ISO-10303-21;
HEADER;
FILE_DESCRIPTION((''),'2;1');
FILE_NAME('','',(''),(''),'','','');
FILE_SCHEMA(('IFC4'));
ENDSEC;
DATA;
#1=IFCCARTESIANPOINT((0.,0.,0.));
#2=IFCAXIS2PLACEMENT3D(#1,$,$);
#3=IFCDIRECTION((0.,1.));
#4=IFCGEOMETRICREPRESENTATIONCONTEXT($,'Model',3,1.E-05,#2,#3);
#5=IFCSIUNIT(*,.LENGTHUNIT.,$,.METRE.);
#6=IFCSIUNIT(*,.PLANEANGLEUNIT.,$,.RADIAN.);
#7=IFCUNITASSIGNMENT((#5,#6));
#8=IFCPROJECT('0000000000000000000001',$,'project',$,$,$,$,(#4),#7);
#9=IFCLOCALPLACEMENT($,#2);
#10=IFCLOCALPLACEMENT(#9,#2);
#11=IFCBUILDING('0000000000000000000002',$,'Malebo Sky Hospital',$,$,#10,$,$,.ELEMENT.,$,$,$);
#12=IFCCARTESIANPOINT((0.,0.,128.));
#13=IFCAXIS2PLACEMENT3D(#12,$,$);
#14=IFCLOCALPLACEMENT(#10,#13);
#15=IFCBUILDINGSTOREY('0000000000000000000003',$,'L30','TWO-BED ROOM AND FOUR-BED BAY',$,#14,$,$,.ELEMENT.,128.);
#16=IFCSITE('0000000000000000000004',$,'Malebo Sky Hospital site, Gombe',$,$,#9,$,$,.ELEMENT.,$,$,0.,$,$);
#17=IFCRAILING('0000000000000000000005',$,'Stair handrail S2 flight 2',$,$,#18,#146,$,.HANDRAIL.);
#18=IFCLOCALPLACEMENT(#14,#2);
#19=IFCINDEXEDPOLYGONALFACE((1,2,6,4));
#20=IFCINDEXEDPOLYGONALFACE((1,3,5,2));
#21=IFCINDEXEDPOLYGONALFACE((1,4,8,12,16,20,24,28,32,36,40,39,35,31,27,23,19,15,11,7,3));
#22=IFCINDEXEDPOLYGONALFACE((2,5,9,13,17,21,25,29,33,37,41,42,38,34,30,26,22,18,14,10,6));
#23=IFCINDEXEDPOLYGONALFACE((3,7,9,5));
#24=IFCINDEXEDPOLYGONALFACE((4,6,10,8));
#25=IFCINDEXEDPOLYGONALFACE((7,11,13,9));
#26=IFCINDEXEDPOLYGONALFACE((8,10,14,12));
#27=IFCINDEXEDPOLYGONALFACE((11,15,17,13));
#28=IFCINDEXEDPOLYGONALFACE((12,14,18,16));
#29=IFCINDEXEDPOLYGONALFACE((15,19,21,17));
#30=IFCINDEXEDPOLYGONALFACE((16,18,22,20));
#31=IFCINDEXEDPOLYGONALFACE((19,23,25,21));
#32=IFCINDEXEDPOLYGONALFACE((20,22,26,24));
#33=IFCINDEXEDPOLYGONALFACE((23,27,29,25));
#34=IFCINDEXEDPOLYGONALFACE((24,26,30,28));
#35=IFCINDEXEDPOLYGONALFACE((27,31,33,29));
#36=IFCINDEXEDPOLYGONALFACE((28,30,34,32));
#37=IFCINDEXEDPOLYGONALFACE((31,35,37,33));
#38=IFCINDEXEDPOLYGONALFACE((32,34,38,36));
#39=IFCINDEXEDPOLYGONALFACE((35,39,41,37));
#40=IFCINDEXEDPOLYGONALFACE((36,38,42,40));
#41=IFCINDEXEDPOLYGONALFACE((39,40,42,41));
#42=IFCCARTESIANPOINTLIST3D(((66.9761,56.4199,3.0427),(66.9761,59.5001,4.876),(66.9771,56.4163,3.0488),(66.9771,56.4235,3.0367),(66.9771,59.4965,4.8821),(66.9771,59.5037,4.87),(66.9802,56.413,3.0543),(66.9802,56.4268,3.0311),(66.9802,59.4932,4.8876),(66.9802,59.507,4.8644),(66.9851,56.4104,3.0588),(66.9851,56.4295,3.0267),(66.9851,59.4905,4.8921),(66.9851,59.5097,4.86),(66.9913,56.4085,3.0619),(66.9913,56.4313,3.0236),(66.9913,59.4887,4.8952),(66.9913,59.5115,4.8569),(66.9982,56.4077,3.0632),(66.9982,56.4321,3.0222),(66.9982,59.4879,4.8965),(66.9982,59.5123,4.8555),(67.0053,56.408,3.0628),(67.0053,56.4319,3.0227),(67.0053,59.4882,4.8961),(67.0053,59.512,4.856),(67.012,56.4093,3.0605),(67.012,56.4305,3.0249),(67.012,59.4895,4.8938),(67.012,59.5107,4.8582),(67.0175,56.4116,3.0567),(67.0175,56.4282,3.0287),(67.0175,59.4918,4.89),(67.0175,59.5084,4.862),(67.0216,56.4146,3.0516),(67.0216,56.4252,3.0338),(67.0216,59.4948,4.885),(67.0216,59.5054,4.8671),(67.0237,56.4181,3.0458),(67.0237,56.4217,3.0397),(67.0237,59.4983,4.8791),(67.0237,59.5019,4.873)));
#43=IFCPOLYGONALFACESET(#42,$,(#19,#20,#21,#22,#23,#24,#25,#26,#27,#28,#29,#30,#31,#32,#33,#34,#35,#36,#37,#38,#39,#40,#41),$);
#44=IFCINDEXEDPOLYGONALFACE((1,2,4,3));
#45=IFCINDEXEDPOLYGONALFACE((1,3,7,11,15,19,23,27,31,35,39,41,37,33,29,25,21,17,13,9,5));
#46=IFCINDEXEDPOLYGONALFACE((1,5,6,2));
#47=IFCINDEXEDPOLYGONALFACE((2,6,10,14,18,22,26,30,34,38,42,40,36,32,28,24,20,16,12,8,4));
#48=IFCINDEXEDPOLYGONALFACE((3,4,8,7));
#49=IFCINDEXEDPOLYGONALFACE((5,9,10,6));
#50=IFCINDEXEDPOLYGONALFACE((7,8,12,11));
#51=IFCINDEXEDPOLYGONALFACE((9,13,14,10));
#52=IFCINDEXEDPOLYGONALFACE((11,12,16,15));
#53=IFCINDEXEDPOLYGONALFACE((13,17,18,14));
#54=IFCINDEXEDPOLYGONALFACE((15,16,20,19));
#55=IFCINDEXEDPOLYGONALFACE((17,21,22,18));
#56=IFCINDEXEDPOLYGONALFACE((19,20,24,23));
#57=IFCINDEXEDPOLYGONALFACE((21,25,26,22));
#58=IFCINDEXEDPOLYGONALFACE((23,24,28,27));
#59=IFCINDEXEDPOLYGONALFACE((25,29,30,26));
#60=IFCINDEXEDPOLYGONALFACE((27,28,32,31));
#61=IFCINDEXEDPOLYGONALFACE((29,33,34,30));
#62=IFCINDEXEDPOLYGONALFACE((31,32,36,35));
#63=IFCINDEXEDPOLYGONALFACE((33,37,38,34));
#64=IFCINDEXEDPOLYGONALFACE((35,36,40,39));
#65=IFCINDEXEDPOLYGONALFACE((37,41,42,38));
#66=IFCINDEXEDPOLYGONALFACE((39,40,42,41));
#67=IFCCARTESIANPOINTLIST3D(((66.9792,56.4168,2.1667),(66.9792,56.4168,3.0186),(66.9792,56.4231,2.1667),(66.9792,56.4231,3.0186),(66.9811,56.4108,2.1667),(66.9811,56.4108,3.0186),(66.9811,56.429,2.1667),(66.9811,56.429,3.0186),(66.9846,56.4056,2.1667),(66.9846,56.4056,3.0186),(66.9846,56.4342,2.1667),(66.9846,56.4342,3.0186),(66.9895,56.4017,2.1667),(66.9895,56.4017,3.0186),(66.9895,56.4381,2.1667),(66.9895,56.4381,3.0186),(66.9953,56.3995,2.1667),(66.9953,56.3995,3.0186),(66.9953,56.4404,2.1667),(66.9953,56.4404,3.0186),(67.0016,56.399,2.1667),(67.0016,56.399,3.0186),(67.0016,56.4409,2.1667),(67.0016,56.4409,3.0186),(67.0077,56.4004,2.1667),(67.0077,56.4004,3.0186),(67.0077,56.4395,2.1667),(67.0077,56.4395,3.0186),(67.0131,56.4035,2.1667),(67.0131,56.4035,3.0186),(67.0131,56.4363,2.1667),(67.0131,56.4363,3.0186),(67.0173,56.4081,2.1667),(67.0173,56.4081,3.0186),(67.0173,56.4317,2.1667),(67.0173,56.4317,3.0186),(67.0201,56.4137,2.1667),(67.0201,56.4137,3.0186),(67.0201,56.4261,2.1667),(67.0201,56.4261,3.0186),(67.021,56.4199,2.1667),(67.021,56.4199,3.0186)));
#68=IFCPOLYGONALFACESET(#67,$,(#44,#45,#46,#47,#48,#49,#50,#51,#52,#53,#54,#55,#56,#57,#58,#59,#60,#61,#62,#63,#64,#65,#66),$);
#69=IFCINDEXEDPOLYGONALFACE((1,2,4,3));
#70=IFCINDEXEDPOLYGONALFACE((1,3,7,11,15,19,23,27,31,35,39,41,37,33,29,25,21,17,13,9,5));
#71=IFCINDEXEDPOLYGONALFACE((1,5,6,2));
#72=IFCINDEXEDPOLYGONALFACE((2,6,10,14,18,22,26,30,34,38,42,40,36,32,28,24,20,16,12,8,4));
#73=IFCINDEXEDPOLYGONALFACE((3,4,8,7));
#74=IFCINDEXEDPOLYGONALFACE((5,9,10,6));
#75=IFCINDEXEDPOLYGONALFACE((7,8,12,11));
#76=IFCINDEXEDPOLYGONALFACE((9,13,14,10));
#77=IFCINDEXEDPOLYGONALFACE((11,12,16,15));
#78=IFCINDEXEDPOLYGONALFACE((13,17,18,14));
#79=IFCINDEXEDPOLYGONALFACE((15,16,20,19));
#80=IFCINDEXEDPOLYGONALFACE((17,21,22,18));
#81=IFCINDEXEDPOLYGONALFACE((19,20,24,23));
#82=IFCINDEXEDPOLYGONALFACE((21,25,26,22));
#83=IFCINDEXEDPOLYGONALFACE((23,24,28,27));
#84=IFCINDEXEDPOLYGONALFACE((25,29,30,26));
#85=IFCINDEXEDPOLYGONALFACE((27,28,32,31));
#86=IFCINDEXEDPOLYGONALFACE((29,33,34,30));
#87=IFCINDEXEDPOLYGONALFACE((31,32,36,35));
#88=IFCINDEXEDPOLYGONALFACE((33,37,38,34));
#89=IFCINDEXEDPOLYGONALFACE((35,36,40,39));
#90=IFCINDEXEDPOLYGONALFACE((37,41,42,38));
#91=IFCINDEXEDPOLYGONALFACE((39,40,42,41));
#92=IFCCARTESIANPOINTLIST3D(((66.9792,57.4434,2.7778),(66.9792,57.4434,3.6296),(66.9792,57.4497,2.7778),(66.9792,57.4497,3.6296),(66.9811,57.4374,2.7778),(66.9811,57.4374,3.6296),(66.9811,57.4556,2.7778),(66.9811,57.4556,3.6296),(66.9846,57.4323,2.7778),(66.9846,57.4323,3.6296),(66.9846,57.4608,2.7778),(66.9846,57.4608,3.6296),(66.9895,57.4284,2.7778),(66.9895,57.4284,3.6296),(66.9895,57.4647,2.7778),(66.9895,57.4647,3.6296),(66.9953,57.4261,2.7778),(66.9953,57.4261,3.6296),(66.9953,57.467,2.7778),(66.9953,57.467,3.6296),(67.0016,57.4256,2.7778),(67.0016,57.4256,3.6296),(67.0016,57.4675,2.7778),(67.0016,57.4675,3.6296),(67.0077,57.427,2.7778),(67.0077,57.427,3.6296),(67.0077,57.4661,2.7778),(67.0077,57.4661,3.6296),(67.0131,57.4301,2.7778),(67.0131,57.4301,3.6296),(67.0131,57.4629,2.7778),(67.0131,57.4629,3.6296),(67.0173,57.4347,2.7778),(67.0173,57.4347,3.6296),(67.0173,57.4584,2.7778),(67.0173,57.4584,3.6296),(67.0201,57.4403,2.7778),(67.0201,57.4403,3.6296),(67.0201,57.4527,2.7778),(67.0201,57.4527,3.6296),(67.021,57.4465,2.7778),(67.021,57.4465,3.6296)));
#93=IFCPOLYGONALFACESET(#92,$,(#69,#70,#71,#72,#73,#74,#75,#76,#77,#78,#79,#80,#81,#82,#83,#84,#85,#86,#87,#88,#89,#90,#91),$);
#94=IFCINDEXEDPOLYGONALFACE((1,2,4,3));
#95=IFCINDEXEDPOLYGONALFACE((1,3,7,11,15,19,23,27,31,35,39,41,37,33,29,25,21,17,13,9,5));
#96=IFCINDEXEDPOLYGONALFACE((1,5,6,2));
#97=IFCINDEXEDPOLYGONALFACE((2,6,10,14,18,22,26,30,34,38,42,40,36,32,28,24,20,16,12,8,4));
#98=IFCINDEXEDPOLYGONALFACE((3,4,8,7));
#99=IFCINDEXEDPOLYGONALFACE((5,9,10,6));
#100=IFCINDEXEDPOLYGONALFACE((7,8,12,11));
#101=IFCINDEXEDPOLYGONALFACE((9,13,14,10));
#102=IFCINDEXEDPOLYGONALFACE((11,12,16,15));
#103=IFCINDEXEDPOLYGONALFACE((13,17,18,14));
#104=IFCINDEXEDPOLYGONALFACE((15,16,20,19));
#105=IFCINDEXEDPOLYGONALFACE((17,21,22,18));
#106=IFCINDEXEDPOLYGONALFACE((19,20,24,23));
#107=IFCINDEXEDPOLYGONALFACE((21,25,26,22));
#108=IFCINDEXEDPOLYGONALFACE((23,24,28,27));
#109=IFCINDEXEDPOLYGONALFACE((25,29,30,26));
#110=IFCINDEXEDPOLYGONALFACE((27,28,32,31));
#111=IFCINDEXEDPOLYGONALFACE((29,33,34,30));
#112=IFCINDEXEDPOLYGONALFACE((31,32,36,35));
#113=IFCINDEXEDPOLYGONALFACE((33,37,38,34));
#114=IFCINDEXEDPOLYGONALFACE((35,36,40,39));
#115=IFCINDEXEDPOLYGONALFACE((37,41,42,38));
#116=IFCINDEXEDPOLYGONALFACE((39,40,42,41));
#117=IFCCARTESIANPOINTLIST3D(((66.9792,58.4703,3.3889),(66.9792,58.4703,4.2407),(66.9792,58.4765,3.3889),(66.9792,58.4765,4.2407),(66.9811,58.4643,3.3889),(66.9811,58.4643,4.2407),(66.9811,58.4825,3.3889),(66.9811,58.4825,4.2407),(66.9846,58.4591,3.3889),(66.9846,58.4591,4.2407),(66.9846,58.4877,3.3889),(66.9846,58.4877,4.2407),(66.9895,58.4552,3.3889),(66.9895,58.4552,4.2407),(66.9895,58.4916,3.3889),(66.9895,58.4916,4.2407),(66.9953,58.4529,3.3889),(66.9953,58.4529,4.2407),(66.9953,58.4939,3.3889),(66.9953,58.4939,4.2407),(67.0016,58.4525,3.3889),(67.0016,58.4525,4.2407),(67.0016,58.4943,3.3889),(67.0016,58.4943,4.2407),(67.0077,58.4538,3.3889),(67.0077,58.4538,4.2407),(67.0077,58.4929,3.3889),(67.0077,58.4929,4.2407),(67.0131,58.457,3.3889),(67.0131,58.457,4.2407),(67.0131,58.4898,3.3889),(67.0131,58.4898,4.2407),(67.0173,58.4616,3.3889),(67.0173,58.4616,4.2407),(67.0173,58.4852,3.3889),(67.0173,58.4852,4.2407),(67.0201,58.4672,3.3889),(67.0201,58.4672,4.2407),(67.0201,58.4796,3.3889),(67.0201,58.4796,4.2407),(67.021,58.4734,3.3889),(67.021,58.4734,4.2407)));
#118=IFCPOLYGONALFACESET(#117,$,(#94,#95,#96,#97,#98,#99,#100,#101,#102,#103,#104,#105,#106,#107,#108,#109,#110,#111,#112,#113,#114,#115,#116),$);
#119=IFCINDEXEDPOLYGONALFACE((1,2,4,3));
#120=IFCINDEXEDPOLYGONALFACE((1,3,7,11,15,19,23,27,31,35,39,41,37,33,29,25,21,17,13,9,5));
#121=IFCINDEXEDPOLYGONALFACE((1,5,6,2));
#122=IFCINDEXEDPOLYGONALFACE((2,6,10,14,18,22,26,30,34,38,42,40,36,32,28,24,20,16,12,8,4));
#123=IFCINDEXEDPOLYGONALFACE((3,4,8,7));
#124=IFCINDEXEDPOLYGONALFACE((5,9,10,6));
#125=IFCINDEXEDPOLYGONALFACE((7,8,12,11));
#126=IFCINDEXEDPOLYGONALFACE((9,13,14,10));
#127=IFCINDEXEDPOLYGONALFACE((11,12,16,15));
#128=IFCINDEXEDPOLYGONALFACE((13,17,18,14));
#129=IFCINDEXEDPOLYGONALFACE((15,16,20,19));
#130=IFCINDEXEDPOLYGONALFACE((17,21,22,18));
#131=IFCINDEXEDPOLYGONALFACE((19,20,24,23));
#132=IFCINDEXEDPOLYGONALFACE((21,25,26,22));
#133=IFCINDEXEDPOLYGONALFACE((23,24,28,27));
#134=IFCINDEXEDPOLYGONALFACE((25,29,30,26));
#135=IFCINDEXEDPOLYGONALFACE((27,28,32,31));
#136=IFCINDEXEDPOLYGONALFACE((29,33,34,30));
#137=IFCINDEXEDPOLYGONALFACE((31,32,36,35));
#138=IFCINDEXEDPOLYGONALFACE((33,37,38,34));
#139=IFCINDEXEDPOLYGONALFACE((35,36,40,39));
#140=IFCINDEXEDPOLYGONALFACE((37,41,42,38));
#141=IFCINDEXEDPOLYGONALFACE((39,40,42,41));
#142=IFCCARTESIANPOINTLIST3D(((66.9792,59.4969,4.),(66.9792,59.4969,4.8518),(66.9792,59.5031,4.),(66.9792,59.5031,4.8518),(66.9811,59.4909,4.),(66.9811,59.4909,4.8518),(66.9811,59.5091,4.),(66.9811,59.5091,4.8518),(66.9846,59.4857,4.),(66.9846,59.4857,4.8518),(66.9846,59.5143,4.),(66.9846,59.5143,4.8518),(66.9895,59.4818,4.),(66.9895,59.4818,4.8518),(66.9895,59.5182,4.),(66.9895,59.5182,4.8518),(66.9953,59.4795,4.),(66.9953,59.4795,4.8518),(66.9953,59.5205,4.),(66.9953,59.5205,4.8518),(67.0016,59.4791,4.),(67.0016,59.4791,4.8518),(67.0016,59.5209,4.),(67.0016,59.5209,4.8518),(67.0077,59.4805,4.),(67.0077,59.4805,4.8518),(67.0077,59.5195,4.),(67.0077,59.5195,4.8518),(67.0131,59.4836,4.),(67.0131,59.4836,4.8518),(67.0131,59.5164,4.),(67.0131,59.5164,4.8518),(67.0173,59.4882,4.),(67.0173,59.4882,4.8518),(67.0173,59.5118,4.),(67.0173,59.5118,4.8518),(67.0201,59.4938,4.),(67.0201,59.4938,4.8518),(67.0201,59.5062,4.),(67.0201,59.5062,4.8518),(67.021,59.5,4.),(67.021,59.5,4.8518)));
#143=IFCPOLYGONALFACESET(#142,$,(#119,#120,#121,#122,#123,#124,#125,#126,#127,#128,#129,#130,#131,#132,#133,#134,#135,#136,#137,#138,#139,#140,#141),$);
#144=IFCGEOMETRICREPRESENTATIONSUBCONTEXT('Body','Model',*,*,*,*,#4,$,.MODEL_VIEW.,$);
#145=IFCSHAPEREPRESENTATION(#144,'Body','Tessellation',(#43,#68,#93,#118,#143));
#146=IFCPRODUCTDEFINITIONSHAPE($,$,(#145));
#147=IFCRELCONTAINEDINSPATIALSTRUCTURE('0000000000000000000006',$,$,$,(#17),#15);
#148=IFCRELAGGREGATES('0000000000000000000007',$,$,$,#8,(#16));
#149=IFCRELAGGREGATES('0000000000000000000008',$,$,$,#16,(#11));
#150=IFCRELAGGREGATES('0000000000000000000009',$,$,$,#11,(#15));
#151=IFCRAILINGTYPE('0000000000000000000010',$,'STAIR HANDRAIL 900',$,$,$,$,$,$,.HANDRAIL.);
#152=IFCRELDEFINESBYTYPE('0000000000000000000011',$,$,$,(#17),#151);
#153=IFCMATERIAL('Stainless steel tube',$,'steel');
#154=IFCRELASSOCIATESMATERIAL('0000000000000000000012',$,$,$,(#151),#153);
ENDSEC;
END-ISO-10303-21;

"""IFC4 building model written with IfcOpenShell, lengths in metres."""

from ifc_helpers import new_model, si_unit, direction, frame, origin, origin_2d, place, context, subcontext, project, spatial, circle, extrude, material, type_object, element, save


model = new_model("IFC4")

# Units and contexts
model_context = context("Model", 3, precision=1e-05, world=origin(), true_north=direction((0.0, 1.0)))
body_context = subcontext(model_context, "Body", "Model", "MODEL_VIEW")
ifc_project = project(units=[si_unit("LENGTHUNIT", "METRE"), si_unit("PLANEANGLEUNIT", "RADIAN")], contexts=[model_context])

# Site, building, storey
site_placement = place(None, origin())
site = spatial("IfcSite", under=ifc_project, at=site_placement, Name="Malebo Sky Hospital site, Gombe", CompositionType="ELEMENT", RefElevation=0.0)
building_placement = place(site_placement, origin())
building = spatial("IfcBuilding", under=site, at=building_placement, Name="Malebo Sky Hospital", CompositionType="ELEMENT")
storey_placement = place(building_placement, frame((0.0, 0.0, 128.0)))
storey = spatial("IfcBuildingStorey", under=building, at=storey_placement, Name="L30", Description="TWO-BED ROOM AND FOUR-BED BAY", CompositionType="ELEMENT", Elevation=128.0)

# Railing
ifc_material_1 = material(Name="Stainless steel tube", Category="steel")
railing_type = type_object("IfcRailingType", Name="STAIR HANDRAIL 900", PredefinedType="HANDRAIL", material=ifc_material_1)
railing_1_placement = place(storey_placement, frame((67.0, 56.4199, 2.1667)))
element("IfcRailing", 1, at=railing_1_placement, inside=storey, type_object=railing_type, Name="Stair handrail S2 flight 2", PredefinedType="HANDRAIL", context=body_context, shape_type="SweptSolid", body=[
    extrude(circle(Radius=0.0239, at=origin_2d()), frame((0.0, 0.0, 0.876), z_axis=(0.0, 0.859309, 0.511458), x_axis=(-1.0, 0.0, 0.0)), (0.0, 0.0, 1.0), 3.5845),
    extrude(circle(Radius=0.021, at=origin_2d()), origin(), (0.0, 0.0, 1.0), 0.8518),
    extrude(circle(Radius=0.021, at=origin_2d()), frame((0.0, 1.0266, 0.6111)), (0.0, 0.0, 1.0), 0.8518),
    extrude(circle(Radius=0.021, at=origin_2d()), frame((0.0, 2.0535, 1.2222)), (0.0, 0.0, 1.0), 0.8518),
    extrude(circle(Radius=0.021, at=origin_2d()), frame((0.0, 3.0801, 1.8333)), (0.0, 0.0, 1.0), 0.8518),
])

save(model, "model.ifc")
